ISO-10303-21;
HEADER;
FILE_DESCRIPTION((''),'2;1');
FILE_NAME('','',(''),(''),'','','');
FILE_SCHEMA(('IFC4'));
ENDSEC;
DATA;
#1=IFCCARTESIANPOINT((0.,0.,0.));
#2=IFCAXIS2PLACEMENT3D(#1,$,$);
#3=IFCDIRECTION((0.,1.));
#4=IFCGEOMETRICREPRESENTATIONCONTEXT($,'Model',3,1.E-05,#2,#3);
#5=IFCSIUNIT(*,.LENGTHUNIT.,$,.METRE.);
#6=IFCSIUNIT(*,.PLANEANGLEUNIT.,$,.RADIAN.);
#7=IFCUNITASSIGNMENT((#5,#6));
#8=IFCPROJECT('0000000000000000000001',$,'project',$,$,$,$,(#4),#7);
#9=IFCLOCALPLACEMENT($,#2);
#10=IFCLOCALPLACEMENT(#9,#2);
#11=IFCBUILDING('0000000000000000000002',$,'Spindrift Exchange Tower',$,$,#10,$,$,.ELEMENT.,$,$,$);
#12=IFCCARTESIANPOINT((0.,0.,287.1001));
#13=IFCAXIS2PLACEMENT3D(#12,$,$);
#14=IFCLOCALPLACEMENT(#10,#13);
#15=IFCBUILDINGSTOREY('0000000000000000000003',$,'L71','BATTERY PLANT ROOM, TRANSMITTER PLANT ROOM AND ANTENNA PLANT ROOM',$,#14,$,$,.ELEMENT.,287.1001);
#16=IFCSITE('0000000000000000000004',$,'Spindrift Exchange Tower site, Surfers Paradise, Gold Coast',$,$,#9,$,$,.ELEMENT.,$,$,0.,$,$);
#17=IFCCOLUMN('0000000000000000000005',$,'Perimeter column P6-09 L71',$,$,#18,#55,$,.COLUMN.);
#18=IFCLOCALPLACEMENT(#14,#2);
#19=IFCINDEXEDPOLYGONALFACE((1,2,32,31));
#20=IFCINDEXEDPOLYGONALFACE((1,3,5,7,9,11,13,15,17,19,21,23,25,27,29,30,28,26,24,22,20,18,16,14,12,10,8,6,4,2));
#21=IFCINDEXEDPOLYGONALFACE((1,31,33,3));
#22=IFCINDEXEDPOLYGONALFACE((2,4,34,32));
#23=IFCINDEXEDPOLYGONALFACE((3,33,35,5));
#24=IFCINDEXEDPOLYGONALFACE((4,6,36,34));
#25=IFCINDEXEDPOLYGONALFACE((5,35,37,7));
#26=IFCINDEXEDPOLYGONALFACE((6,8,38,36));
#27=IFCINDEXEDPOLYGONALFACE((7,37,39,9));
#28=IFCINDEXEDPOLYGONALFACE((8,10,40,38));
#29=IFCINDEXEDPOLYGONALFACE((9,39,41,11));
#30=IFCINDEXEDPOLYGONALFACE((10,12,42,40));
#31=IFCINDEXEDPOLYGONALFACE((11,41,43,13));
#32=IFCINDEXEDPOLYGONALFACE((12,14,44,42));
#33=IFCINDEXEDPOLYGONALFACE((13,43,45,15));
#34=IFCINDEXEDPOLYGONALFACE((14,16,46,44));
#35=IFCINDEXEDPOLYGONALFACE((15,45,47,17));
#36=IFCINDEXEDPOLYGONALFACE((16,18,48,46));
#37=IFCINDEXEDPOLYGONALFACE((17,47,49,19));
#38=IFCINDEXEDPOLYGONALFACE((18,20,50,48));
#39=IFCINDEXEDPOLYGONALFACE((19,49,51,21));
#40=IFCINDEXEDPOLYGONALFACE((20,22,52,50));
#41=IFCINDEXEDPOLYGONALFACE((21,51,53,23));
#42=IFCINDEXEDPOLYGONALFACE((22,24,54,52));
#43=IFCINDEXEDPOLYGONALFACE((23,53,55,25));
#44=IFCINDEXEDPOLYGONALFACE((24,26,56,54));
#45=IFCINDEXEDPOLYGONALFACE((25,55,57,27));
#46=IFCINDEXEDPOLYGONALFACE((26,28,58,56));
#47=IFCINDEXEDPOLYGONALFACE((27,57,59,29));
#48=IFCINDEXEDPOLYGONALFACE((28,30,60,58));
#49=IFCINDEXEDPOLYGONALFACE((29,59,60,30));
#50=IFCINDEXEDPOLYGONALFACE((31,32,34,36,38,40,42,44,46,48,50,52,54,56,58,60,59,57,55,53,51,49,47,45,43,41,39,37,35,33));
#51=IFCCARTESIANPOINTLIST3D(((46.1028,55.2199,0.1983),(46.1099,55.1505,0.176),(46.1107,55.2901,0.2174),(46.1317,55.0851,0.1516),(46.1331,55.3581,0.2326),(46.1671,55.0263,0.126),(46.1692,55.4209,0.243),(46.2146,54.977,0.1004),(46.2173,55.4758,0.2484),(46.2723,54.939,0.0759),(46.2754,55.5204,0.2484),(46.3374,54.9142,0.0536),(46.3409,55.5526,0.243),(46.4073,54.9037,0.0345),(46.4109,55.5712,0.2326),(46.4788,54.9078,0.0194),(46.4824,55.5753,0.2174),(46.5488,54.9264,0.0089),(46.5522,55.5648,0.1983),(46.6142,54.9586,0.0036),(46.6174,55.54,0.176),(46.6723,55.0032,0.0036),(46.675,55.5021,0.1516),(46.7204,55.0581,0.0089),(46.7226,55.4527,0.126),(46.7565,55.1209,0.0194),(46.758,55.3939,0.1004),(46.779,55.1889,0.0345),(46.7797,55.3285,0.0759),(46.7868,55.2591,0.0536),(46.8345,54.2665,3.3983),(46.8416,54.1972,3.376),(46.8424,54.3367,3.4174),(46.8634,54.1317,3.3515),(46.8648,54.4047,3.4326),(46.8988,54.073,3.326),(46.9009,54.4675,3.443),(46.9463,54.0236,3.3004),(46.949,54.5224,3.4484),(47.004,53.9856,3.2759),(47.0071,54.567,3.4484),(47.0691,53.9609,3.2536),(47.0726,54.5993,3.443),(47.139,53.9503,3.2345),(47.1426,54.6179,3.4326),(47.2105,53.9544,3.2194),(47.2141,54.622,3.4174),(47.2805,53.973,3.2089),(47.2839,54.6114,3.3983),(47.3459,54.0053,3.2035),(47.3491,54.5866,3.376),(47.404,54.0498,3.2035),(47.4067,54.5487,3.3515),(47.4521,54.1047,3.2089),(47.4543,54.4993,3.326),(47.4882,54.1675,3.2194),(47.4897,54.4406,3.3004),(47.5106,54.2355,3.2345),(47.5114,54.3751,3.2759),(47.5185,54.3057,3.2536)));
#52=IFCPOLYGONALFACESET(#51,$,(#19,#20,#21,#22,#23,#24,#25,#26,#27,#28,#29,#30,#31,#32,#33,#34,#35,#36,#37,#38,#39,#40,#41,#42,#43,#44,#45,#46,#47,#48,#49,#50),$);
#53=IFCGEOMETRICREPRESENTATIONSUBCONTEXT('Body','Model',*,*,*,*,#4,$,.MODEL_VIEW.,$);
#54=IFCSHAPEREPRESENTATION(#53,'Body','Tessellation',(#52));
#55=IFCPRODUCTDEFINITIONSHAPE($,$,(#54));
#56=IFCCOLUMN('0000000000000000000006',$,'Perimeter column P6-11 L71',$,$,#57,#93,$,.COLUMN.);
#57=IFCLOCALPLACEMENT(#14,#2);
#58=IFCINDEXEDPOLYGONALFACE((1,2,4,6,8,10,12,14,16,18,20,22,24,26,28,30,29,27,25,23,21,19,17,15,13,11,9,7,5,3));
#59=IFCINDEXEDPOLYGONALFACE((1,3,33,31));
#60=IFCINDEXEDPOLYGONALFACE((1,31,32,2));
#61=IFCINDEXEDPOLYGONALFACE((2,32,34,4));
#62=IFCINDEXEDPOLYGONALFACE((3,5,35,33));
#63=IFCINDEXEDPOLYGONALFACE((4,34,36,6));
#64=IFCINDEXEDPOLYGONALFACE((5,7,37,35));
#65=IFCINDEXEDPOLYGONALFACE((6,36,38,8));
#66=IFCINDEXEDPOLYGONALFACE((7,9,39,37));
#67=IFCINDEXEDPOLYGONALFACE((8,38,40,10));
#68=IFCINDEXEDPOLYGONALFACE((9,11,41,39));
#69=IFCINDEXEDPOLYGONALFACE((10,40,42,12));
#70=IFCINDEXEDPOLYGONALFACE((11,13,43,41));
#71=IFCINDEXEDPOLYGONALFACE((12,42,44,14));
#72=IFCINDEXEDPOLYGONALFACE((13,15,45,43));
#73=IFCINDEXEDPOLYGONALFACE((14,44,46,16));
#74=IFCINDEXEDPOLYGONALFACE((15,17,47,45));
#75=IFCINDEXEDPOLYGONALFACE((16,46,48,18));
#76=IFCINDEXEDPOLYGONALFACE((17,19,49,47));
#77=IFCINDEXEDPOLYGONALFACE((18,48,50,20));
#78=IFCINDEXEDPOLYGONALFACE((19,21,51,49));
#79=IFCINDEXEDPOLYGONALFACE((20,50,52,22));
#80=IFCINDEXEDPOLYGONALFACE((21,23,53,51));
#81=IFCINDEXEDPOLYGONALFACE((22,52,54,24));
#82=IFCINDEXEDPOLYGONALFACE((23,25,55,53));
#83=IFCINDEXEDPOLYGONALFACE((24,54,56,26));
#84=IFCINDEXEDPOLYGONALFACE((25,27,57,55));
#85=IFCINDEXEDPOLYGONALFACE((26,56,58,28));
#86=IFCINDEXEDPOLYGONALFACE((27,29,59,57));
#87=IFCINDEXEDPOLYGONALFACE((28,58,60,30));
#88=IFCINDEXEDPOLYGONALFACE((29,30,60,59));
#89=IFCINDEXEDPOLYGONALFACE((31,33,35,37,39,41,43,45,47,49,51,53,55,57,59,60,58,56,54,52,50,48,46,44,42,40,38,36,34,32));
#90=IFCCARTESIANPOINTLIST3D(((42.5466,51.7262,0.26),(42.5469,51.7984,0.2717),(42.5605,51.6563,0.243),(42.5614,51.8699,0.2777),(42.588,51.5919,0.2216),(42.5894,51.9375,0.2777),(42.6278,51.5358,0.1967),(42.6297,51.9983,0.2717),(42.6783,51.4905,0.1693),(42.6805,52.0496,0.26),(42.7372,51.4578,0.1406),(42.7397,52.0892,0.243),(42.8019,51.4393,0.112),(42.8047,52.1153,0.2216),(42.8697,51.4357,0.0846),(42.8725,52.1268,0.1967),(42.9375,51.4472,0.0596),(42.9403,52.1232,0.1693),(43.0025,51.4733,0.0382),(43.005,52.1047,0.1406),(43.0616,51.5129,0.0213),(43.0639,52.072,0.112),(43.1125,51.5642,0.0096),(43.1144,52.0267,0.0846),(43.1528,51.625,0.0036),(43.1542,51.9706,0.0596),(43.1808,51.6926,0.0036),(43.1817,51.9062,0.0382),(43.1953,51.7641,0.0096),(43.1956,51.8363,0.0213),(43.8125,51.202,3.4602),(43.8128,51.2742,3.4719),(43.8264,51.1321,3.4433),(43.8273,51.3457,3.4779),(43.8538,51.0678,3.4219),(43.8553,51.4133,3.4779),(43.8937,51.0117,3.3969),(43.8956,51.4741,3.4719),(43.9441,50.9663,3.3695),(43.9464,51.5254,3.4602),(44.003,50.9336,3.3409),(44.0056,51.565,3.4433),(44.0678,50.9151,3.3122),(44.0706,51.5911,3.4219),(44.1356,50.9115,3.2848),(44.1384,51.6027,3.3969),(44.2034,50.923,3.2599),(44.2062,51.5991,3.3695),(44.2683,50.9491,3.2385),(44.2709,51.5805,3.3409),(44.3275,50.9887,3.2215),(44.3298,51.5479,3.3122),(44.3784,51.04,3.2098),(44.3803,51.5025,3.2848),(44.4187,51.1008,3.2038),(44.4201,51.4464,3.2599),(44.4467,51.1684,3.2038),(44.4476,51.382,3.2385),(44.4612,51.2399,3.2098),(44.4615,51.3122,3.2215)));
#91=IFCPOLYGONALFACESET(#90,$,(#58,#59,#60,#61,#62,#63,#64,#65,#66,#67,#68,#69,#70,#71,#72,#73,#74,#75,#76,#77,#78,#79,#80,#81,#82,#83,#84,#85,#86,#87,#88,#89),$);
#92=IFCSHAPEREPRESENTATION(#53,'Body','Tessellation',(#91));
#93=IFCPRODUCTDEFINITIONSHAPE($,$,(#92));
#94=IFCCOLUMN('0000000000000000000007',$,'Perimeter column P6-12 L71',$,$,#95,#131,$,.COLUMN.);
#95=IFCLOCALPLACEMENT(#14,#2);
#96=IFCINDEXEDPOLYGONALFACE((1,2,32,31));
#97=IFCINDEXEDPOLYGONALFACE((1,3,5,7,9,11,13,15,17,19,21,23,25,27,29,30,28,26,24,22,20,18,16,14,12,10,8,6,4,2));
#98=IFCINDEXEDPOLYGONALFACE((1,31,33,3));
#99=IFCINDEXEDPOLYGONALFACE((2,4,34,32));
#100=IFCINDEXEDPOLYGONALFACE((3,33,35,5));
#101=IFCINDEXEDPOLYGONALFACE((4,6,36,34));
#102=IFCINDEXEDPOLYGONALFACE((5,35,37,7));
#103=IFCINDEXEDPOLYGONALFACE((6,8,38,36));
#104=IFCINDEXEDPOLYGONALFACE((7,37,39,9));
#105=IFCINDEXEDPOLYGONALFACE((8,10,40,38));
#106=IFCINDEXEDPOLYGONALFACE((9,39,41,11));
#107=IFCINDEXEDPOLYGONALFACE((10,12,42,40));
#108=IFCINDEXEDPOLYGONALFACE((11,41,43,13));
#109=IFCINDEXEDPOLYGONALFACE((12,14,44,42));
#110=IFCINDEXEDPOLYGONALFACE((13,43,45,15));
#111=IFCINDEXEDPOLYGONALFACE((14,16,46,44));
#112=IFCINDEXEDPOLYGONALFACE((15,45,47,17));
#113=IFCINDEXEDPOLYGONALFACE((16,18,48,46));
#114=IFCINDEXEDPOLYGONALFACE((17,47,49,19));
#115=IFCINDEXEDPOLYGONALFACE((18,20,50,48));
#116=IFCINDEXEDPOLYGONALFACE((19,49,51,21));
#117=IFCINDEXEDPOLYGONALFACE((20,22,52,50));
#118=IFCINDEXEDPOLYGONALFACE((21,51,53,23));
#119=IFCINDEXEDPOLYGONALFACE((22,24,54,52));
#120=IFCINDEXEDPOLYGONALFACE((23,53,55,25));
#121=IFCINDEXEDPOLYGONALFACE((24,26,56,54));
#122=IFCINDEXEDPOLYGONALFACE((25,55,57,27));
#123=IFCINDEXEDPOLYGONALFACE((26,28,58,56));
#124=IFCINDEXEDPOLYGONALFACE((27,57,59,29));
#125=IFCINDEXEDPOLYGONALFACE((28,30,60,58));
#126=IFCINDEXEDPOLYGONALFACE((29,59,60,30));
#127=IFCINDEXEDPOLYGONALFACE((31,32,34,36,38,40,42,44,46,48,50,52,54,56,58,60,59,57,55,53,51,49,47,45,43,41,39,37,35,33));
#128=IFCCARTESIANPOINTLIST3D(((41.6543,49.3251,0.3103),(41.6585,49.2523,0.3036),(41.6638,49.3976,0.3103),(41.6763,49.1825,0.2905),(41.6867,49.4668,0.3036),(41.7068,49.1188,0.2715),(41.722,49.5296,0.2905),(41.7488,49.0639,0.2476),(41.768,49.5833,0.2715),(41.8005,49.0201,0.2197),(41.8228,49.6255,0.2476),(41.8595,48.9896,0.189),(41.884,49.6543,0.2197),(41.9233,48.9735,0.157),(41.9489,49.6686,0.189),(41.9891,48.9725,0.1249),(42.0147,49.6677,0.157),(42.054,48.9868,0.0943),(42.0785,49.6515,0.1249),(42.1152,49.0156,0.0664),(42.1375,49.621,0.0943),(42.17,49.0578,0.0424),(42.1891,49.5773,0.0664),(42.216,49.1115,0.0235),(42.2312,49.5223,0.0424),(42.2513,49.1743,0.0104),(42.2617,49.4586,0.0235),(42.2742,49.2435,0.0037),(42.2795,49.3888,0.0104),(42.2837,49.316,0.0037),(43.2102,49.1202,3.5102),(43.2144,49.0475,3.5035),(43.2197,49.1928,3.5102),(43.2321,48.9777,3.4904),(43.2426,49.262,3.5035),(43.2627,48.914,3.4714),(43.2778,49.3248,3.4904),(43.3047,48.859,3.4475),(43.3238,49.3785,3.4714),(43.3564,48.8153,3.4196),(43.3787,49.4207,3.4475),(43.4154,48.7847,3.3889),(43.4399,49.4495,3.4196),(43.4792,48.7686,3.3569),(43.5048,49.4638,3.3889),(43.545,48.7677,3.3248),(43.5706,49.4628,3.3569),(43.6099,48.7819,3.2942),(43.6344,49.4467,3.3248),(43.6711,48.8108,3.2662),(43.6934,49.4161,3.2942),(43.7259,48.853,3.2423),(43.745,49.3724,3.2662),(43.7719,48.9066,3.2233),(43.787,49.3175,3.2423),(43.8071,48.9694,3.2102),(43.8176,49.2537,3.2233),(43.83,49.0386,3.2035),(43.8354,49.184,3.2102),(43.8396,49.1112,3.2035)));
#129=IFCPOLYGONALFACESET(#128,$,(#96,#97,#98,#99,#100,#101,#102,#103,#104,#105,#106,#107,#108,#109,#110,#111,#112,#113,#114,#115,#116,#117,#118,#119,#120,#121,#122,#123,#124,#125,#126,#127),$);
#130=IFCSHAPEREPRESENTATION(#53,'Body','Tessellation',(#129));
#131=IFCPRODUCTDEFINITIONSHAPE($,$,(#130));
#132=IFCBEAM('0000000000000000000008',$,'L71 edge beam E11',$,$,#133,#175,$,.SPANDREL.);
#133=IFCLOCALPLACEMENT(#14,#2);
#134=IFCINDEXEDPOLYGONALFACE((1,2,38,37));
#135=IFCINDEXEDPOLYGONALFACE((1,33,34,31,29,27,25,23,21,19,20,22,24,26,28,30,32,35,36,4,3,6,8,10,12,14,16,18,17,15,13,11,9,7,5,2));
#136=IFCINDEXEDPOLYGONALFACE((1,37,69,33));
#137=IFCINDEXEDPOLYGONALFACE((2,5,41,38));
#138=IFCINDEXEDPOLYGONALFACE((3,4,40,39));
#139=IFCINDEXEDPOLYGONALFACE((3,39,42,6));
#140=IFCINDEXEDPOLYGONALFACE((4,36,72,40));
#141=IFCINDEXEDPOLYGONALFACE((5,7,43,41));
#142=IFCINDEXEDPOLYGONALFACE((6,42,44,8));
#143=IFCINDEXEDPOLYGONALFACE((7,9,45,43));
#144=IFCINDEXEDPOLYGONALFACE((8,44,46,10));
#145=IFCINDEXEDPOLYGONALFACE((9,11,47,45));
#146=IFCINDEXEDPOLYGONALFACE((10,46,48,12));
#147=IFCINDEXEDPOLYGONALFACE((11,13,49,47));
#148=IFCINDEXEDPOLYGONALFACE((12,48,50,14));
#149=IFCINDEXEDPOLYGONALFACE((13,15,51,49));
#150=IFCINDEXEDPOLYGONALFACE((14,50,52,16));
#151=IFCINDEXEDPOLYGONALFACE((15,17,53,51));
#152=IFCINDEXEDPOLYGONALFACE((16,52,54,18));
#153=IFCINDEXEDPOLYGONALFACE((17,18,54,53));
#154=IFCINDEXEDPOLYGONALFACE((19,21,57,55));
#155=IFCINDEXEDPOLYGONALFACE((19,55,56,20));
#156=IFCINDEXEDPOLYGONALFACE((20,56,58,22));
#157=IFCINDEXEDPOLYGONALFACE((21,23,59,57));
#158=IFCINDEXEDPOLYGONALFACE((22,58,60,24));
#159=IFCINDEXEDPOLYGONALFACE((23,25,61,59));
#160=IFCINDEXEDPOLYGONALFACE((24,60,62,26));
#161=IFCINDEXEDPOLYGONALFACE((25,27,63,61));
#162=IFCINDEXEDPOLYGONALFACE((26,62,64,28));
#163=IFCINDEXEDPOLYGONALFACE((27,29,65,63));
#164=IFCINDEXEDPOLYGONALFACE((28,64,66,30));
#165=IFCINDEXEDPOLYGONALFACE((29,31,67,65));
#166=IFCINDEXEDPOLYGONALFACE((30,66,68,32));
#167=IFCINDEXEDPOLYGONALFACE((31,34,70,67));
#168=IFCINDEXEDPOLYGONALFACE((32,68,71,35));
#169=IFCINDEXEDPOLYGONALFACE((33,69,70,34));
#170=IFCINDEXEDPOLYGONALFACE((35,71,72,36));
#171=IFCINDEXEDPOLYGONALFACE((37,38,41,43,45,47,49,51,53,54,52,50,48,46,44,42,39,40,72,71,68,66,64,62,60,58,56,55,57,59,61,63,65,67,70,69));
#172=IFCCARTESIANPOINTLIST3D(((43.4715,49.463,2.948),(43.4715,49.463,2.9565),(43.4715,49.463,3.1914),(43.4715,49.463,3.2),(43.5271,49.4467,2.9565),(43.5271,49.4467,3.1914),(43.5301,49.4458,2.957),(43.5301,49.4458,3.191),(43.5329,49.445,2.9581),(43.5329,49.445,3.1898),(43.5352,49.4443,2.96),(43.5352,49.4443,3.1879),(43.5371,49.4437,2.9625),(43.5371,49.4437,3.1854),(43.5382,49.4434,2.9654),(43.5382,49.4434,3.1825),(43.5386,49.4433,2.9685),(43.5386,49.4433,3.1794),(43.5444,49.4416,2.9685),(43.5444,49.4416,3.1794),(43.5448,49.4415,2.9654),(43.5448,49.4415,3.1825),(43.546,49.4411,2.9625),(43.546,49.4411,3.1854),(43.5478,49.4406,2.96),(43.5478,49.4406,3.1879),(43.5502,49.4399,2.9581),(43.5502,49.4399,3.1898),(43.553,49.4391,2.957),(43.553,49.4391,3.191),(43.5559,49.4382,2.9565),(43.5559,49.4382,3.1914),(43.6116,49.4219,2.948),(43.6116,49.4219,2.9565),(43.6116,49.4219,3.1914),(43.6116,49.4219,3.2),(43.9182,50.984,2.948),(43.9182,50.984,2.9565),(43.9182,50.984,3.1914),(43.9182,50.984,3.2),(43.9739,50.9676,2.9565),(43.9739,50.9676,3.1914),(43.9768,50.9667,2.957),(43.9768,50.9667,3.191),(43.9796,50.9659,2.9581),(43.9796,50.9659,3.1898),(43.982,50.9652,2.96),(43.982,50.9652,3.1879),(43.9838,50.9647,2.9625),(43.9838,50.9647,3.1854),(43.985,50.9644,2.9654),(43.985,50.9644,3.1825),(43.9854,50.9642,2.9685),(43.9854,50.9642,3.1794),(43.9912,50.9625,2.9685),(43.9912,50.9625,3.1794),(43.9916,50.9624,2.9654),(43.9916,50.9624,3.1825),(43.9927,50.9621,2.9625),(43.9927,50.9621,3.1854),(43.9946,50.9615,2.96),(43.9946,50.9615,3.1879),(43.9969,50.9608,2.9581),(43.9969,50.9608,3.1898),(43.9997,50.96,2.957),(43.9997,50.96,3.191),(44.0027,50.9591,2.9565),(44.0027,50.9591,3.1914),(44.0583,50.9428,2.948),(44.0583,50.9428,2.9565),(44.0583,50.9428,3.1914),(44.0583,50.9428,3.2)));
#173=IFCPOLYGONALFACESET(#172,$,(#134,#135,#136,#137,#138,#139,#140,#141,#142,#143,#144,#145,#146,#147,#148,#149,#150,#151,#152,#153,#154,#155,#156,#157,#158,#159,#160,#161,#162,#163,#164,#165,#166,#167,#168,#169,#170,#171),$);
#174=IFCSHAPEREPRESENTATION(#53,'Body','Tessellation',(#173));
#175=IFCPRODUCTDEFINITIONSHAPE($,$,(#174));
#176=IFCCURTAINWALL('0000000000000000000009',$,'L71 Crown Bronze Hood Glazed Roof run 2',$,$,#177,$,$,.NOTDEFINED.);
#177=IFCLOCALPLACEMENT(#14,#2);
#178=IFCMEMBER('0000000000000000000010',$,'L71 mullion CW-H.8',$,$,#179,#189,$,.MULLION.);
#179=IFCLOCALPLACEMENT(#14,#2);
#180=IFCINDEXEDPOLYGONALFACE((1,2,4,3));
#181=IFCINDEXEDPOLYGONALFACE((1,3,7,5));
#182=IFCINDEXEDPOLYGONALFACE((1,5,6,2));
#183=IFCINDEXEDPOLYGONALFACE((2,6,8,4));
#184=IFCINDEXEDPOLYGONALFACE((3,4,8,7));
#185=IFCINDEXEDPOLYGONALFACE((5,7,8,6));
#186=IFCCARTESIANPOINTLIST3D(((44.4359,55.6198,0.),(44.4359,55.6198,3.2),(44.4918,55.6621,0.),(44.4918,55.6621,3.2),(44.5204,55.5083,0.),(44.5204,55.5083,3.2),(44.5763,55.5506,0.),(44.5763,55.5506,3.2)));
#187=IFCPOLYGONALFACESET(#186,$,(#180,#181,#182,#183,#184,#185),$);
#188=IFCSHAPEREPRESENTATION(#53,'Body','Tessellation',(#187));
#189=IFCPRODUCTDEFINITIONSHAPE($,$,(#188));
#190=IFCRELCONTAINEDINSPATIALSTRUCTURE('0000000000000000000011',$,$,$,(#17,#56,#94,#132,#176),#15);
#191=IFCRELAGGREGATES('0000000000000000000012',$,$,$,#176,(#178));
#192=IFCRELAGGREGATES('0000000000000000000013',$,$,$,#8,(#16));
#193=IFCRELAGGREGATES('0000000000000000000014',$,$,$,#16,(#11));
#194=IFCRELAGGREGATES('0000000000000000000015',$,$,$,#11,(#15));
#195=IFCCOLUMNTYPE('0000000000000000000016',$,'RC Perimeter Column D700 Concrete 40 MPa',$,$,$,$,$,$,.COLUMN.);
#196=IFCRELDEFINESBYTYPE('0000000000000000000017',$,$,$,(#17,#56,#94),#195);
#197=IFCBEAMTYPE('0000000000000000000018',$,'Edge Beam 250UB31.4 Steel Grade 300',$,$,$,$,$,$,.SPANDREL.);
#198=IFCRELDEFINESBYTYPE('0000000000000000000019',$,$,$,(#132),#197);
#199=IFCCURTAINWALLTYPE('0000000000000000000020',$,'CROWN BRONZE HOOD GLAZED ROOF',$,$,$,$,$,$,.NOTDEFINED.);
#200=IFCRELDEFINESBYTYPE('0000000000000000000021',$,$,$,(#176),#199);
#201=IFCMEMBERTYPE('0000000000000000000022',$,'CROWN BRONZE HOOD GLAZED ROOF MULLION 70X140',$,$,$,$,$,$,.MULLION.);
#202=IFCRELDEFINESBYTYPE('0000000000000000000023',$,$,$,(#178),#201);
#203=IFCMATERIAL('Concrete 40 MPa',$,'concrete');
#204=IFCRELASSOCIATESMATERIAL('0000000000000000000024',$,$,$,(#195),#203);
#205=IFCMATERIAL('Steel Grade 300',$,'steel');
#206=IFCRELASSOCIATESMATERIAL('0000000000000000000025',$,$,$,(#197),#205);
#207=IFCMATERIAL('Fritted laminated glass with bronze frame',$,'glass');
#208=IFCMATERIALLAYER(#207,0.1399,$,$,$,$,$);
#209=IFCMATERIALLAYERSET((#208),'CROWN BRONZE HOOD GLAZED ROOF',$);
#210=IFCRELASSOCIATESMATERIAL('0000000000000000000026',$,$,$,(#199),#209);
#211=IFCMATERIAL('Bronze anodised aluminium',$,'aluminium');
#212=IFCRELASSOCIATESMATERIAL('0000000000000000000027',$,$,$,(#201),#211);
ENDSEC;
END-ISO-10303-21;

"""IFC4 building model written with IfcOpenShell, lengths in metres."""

from ifc_helpers import new_model, si_unit, direction, frame, origin, origin_2d, place, context, subcontext, project, spatial, rectangle, circle, i_section, extrude, source, transform, mapped, material, layer, layer_set, material_profile, profile_set, type_object, element, aggregate, save


model = new_model("IFC4")

# Units and contexts
model_context = context("Model", 3, precision=1e-05, world=origin(), true_north=direction((0.0, 1.0)))
body_context = subcontext(model_context, "Body", "Model", "MODEL_VIEW")
ifc_project = project(units=[si_unit("LENGTHUNIT", "METRE"), si_unit("PLANEANGLEUNIT", "RADIAN")], contexts=[model_context])

# Site, building, storey
site_placement = place(None, origin())
site = spatial("IfcSite", under=ifc_project, at=site_placement, Name="Spindrift Exchange Tower site, Surfers Paradise, Gold Coast", CompositionType="ELEMENT", RefElevation=0.0)
building_placement = place(site_placement, origin())
building = spatial("IfcBuilding", under=site, at=building_placement, Name="Spindrift Exchange Tower", CompositionType="ELEMENT")
storey_placement = place(building_placement, frame((0.0, 0.0, 287.1001)))
storey = spatial("IfcBuildingStorey", under=building, at=storey_placement, Name="L71", Description="BATTERY PLANT ROOM, TRANSMITTER PLANT ROOM AND ANTENNA PLANT ROOM", CompositionType="ELEMENT", Elevation=287.1001)

# Columns
ifc_material_1 = material(Name="Concrete 40 MPa", Category="concrete")
ifc_material_profile_1 = material_profile(ifc_material_1, circle(Radius=0.3501, at=origin_2d()), Name="RC D700")
ifc_profile_set_1 = profile_set([ifc_material_profile_1], Name="Concrete 40 MPa")
column_type = type_object("IfcColumnType", Name="RC Perimeter Column D700 Concrete 40 MPa", PredefinedType="COLUMN", material=ifc_profile_set_1)
shared_shape_1 = source(origin(), body_context, "Body", "SweptSolid", [
    extrude(circle(Radius=0.3501, at=origin_2d()), origin(), (0.0, 0.0, 1.0), 3.4182),
])
column_1_placement = place(storey_placement, frame((46.4448, 55.2395, 0.126), z_axis=(0.214058, -0.278911, 0.936156), x_axis=(0.793296, 0.608837, 0.0)))
element("IfcColumn", 1, at=column_1_placement, inside=storey, type_object=column_type, Name="Perimeter column P6-09 L71", PredefinedType="COLUMN", context=body_context, shape_type="MappedRepresentation", body=[
    mapped(shared_shape_1, transform((0.0, 0.0, 0.0), scale=1.0)),
])
shared_shape_2 = source(origin(), body_context, "Body", "SweptSolid", [
    extrude(circle(Radius=0.3501, at=origin_2d()), origin(), (0.0, 0.0, 1.0), 3.4812),
])
column_2_placement = place(storey_placement, frame((42.8711, 51.7812, 0.1406), z_axis=(0.363635, -0.150574, 0.919292), x_axis=(0.382577, 0.923923, 0.0)))
element("IfcColumn", 2, at=column_2_placement, inside=storey, type_object=column_type, Name="Perimeter column P6-11 L71", PredefinedType="COLUMN", context=body_context, shape_type="MappedRepresentation", body=[
    mapped(shared_shape_2, transform((0.0, 0.0, 0.0), scale=1.0)),
])
shared_shape_3 = source(origin(), body_context, "Body", "SweptSolid", [
    extrude(circle(Radius=0.3501, at=origin_2d()), origin(), (0.0, 0.0, 1.0), 3.564),
])
column_3_placement = place(storey_placement, frame((41.969, 49.3206, 0.157), z_axis=(0.436555, -0.057472, 0.89784), x_axis=(0.130523, 0.991445, 0.0)))
element("IfcColumn", 3, at=column_3_placement, inside=storey, type_object=column_type, Name="Perimeter column P6-12 L71", PredefinedType="COLUMN", context=body_context, shape_type="MappedRepresentation", body=[
    mapped(shared_shape_3, transform((0.0, 0.0, 0.0), scale=1.0)),
])

# Beam
ifc_material_2 = material(Name="Steel Grade 300", Category="steel")
ifc_material_profile_2 = material_profile(ifc_material_2, i_section(OverallWidth=0.146, OverallDepth=0.252, WebThickness=0.0061, FlangeThickness=0.0085, FilletRadius=0.012, at=origin_2d()), Name="250UB31.4")
ifc_profile_set_2 = profile_set([ifc_material_profile_2], Name="Steel Grade 300")
beam_type = type_object("IfcBeamType", Name="Edge Beam 250UB31.4 Steel Grade 300", PredefinedType="SPANDREL", material=ifc_profile_set_2)
shared_shape_4 = source(origin(), body_context, "Body", "SweptSolid", [
    extrude(i_section(OverallWidth=0.146, OverallDepth=0.252, WebThickness=0.0061, FlangeThickness=0.0085, FilletRadius=0.012, at=origin_2d()), origin(), (0.0, 0.0, 1.0), 1.5852),
])
beam_placement = place(storey_placement, frame((43.9883, 50.9634, 3.074), z_axis=(-0.281833, -0.959464, 0.0), x_axis=(0.959464, -0.281833, 0.0)))
element("IfcBeam", 4, at=beam_placement, inside=storey, type_object=beam_type, Name="L71 edge beam E11", PredefinedType="SPANDREL", context=body_context, shape_type="MappedRepresentation", body=[
    mapped(shared_shape_4, transform((0.0, 0.0, 0.0), scale=1.0)),
])

# Curtain wall, member
ifc_material_3 = material(Name="Fritted laminated glass with bronze frame", Category="glass")
ifc_layer_1 = layer(ifc_material_3, 0.1399)
ifc_layer_set_1 = layer_set([ifc_layer_1], Name="CROWN BRONZE HOOD GLAZED ROOF")
curtain_wall_type = type_object("IfcCurtainWallType", Name="CROWN BRONZE HOOD GLAZED ROOF", PredefinedType="NOTDEFINED", material=ifc_layer_set_1)
curtain_wall_placement = place(storey_placement, origin())
curtain_wall = element("IfcCurtainWall", 5, at=curtain_wall_placement, inside=storey, type_object=curtain_wall_type, Name="L71 Crown Bronze Hood Glazed Roof run 2", PredefinedType="NOTDEFINED")
ifc_material_4 = material(Name="Bronze anodised aluminium", Category="aluminium")
ifc_material_profile_3 = material_profile(ifc_material_4, rectangle(XDim=0.0701, YDim=0.1399, at=origin_2d()), Name="CROWN BRONZE HOOD GLAZED ROOF MULLION 70X140")
ifc_profile_set_3 = profile_set([ifc_material_profile_3], Name="Bronze anodised aluminium")
member_type_1 = type_object("IfcMemberType", Name="CROWN BRONZE HOOD GLAZED ROOF MULLION 70X140", PredefinedType="MULLION", material=ifc_profile_set_3)
shared_shape_5 = source(origin(), body_context, "Body", "SweptSolid", [
    extrude(rectangle(XDim=0.0701, YDim=0.1399, at=origin_2d()), origin(), (0.0, 0.0, 1.0), 3.2),
])
member_1_placement = place(storey_placement, frame((44.5061, 55.5852, 0.0), z_axis=(0.0, 0.0, 1.0), x_axis=(-0.797007, -0.60397, 0.0)))
member_1 = element("IfcMember", 6, at=member_1_placement, type_object=member_type_1, Name="L71 mullion CW-H.8", PredefinedType="MULLION", context=body_context, shape_type="MappedRepresentation", body=[
    mapped(shared_shape_5, transform((0.0, 0.0, 0.0), scale=1.0)),
])
aggregate(curtain_wall, [member_1])

save(model, "model.ifc")
